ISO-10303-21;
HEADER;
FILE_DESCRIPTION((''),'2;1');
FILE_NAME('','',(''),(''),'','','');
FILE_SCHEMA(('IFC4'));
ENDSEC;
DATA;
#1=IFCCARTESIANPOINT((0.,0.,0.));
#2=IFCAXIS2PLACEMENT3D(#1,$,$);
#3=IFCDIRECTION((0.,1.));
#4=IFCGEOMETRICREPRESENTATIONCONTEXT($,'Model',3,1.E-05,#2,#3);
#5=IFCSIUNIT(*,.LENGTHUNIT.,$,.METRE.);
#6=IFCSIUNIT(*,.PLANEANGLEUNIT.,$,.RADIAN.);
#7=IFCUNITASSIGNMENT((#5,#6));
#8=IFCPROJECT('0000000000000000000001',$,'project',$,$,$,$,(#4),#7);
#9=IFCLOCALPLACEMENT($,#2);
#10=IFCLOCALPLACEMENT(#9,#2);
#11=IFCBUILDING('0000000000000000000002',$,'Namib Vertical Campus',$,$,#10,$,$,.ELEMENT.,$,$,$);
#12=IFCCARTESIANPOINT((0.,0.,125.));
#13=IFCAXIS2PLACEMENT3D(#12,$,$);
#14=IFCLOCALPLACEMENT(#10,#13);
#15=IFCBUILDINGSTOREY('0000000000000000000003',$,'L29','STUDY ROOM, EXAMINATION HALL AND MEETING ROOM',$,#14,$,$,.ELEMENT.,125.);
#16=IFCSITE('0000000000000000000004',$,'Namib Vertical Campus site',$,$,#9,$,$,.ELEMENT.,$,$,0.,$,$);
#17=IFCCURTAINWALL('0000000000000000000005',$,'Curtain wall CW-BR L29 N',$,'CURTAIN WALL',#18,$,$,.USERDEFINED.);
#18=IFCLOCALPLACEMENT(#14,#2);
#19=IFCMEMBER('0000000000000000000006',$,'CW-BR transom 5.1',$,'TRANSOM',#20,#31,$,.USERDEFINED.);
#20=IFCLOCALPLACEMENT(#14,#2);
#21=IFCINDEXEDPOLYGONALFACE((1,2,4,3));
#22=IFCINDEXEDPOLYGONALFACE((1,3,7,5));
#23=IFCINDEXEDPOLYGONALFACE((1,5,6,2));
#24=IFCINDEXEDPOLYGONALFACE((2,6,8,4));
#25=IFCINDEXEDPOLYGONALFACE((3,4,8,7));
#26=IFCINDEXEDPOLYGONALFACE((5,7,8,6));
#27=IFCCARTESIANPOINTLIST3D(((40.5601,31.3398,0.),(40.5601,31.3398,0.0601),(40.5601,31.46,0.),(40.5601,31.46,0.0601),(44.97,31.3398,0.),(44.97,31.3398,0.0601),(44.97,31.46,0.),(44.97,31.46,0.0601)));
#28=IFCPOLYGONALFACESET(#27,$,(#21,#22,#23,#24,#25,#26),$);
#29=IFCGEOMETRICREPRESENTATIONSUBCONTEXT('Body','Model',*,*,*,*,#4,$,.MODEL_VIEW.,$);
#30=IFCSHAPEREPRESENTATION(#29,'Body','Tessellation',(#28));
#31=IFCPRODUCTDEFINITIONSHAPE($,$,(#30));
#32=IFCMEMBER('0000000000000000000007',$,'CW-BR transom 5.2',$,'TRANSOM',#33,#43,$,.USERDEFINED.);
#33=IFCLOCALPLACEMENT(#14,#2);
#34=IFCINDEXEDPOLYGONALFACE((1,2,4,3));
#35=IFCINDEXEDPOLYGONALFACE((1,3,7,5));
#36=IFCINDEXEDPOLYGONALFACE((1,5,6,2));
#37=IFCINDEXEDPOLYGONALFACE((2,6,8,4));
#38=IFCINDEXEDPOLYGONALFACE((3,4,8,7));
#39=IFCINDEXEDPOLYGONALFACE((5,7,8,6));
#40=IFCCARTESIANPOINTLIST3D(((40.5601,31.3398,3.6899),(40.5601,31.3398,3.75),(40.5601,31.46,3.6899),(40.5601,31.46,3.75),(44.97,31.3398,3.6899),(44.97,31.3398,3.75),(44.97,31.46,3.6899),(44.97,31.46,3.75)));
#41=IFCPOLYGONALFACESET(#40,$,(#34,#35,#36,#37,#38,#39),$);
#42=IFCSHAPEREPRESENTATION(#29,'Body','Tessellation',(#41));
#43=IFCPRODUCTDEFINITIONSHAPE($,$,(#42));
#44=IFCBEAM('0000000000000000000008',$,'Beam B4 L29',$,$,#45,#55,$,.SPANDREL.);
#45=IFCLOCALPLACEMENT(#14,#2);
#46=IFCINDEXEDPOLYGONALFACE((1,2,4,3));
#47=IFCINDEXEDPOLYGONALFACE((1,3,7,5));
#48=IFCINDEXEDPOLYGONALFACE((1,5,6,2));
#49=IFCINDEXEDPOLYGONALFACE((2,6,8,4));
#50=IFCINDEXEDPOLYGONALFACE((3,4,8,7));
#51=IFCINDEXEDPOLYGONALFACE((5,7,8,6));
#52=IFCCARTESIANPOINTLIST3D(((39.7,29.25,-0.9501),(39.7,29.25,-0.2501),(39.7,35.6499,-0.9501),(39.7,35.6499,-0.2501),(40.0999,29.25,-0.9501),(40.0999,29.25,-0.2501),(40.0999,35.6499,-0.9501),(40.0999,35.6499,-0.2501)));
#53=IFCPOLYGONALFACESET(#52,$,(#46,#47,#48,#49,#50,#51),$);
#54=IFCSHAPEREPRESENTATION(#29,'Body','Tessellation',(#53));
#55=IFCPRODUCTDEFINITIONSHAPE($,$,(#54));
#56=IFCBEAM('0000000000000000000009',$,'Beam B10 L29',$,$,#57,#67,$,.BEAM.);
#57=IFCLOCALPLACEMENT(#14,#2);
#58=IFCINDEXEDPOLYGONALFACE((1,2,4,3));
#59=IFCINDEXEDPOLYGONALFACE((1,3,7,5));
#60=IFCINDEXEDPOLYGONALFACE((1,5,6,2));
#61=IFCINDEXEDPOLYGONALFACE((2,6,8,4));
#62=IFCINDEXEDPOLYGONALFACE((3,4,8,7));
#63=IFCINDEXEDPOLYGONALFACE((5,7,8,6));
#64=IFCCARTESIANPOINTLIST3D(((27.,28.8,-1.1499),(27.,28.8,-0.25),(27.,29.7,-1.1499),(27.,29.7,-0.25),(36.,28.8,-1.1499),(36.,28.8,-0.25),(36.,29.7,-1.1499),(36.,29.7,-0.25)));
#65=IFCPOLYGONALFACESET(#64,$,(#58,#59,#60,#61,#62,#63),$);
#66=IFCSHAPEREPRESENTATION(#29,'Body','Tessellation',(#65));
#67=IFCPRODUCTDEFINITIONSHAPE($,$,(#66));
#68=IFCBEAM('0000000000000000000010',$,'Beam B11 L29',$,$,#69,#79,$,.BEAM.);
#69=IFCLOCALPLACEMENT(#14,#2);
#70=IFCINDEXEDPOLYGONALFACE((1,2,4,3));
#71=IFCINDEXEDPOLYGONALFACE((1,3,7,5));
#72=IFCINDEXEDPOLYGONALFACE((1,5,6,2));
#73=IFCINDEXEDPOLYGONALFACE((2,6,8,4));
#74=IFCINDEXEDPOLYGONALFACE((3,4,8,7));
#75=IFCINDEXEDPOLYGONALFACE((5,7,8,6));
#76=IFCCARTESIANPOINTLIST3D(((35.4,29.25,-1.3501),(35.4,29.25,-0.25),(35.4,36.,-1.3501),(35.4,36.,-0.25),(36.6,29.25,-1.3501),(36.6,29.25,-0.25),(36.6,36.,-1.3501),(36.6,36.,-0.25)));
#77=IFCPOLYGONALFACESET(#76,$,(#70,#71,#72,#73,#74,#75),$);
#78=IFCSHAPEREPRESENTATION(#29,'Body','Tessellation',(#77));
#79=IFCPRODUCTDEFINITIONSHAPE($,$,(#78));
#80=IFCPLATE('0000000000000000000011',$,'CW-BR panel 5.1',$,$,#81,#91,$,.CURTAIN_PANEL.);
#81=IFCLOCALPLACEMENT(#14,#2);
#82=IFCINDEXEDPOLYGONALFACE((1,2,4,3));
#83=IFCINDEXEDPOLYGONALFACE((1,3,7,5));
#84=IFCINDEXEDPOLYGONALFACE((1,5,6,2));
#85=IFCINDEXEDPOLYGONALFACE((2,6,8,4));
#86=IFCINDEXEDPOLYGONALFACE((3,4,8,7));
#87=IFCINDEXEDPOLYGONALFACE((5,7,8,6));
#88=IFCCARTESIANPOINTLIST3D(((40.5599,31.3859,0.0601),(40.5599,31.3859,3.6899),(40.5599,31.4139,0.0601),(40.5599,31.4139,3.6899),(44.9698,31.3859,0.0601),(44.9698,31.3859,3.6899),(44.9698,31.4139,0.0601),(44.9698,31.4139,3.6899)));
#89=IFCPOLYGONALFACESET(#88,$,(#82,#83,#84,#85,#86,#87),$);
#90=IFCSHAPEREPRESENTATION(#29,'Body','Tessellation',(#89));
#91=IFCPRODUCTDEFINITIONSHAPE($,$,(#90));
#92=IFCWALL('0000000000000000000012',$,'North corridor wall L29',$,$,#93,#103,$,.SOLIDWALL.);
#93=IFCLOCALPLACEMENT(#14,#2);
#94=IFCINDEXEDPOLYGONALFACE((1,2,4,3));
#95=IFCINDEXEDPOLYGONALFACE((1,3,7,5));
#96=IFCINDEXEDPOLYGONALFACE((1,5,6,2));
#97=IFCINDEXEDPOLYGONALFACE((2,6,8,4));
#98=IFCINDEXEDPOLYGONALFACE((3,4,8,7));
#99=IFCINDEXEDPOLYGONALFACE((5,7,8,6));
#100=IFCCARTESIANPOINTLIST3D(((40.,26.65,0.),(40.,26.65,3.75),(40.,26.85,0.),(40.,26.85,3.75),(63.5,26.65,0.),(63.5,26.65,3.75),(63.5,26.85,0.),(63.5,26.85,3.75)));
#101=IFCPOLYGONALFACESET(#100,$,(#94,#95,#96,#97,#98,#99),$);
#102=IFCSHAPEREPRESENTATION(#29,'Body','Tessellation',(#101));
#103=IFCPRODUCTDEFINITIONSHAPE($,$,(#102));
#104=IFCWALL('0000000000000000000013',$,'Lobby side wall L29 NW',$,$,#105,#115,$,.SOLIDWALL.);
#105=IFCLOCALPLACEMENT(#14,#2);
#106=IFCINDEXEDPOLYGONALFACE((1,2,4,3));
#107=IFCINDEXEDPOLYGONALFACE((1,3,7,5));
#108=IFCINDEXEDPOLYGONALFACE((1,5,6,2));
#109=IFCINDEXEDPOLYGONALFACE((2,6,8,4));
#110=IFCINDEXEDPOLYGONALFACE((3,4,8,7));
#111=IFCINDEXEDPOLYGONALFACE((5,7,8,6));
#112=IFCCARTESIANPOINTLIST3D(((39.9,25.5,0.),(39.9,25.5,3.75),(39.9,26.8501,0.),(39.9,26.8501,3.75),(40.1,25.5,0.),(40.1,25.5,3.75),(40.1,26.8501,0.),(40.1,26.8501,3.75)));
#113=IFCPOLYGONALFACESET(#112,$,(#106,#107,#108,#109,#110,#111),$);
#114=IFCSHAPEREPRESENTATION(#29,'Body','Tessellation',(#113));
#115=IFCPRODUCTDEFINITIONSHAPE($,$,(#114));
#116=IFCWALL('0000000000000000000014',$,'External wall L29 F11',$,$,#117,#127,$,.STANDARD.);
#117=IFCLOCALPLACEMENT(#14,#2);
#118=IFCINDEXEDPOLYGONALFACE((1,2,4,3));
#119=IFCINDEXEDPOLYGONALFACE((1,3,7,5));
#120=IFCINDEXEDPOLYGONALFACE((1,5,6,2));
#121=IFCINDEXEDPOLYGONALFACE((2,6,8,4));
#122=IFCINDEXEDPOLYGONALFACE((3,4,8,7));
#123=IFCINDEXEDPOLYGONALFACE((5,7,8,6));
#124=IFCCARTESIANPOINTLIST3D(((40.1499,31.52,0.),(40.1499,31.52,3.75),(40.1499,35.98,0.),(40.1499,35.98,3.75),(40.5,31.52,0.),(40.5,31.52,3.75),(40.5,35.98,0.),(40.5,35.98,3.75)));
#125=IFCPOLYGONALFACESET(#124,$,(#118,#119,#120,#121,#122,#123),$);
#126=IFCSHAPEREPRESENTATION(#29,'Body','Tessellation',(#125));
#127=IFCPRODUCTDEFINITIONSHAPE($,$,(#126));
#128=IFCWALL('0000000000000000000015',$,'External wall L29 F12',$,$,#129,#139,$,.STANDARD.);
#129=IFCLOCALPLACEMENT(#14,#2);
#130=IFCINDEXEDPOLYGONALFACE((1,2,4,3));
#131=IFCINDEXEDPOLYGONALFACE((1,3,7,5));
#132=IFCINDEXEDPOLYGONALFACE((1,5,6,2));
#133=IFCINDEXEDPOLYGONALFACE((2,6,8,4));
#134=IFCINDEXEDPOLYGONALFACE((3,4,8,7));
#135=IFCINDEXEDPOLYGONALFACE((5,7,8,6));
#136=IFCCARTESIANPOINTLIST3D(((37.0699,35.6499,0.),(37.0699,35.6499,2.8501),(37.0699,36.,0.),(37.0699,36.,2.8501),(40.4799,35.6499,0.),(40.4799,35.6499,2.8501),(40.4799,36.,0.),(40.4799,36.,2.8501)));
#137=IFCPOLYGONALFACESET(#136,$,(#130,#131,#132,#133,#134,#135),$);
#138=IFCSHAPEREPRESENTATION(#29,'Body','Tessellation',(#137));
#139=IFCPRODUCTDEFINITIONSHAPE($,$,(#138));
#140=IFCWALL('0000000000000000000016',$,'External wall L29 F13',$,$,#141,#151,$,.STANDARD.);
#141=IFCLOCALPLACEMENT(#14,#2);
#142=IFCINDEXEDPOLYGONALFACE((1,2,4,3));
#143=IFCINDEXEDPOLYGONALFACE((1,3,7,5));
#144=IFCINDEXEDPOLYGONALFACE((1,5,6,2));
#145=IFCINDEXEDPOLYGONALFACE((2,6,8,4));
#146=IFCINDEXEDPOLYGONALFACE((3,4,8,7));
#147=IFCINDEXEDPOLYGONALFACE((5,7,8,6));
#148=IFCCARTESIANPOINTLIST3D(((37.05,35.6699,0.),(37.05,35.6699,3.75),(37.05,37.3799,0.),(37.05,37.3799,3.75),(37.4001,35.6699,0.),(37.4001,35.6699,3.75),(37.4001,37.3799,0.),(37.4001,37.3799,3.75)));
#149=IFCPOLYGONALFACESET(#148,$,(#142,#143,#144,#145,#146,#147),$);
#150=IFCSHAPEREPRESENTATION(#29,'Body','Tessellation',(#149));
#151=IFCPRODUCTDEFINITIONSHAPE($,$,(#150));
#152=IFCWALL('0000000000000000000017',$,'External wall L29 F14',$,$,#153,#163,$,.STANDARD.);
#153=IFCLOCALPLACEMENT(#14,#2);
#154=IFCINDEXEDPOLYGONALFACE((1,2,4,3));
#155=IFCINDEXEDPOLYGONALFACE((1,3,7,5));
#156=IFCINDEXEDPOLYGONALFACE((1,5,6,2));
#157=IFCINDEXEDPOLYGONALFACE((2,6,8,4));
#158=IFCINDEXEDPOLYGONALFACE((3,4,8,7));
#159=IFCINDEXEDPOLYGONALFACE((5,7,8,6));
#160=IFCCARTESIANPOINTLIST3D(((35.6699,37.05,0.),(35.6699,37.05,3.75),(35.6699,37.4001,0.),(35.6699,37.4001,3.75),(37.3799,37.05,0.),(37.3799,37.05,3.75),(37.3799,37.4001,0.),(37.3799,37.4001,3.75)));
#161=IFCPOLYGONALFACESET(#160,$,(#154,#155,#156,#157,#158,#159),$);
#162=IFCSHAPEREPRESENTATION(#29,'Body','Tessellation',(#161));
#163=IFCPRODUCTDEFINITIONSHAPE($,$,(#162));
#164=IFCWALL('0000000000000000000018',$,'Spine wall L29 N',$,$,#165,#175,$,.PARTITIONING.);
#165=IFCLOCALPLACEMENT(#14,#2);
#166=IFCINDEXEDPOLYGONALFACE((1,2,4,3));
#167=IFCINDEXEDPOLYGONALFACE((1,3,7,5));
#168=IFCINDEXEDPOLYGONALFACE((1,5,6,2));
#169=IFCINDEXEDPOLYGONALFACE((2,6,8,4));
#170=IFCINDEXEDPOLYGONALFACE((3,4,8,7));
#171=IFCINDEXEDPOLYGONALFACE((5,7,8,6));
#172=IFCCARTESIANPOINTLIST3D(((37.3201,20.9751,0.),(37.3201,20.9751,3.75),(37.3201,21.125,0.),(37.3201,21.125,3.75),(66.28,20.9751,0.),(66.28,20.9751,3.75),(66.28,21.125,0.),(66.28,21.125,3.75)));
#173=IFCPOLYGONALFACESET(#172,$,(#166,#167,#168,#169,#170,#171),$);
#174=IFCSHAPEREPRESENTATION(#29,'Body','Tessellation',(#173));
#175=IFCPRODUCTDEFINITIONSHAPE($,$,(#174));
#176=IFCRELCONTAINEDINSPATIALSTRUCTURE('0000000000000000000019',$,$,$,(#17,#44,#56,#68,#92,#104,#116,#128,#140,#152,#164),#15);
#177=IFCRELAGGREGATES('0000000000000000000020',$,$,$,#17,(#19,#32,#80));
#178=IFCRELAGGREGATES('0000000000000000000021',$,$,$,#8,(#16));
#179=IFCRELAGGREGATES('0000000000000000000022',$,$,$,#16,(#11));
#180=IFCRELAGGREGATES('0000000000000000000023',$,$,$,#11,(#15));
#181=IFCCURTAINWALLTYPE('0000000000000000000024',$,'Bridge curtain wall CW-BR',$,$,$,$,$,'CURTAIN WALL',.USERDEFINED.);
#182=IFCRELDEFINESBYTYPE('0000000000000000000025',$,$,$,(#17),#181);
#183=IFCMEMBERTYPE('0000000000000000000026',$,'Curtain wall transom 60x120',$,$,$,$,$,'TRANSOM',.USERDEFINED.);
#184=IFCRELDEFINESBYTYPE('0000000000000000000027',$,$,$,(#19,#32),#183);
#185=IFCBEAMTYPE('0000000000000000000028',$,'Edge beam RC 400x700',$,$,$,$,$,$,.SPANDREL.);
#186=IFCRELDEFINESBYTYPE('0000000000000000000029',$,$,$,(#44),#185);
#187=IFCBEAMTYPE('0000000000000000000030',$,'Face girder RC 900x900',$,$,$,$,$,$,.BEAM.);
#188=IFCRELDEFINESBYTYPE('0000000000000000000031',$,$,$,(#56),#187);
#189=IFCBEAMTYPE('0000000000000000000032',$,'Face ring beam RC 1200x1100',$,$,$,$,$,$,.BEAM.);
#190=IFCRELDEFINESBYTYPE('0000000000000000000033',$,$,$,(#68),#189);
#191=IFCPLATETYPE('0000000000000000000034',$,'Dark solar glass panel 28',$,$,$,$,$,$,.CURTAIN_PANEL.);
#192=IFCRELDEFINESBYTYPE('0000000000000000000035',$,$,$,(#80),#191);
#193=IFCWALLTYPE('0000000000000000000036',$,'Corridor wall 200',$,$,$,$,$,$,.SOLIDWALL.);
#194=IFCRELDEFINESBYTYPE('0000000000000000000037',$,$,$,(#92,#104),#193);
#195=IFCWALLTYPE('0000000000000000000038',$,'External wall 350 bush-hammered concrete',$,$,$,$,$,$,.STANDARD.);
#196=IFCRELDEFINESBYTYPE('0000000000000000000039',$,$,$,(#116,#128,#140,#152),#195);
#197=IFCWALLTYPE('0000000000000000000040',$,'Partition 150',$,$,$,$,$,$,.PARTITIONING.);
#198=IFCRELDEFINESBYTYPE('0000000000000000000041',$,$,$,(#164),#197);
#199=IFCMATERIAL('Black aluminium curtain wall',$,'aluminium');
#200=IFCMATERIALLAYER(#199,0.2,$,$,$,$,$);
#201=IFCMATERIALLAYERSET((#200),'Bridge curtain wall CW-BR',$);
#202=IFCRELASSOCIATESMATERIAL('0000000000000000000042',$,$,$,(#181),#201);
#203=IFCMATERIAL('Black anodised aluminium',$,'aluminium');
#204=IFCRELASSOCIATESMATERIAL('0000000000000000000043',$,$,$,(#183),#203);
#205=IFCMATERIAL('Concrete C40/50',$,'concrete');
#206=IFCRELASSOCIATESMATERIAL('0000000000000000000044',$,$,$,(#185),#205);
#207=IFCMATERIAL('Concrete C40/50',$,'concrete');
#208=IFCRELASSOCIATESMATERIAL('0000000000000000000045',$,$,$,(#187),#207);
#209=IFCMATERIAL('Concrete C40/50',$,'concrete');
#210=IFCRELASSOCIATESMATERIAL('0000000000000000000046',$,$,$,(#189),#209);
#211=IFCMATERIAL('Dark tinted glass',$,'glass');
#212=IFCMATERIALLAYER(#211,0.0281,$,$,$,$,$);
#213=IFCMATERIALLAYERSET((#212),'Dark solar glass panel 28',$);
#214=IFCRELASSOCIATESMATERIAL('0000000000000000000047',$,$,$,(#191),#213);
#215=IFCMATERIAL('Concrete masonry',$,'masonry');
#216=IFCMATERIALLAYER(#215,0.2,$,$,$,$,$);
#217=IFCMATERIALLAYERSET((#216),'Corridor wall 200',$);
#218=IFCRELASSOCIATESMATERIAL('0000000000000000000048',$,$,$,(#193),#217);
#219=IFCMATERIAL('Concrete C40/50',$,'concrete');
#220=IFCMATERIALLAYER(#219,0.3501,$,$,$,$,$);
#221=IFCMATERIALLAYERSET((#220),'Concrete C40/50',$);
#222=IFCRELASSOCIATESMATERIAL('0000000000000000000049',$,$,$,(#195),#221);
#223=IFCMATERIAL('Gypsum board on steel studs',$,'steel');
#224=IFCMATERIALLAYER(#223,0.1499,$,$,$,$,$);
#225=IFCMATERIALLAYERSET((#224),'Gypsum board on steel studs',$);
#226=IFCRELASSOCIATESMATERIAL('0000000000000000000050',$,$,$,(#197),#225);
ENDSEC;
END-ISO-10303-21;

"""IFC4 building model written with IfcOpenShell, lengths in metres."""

from ifc_helpers import new_model, si_unit, direction, frame, frame_2d, origin, origin_2d, place, context, subcontext, project, spatial, rectangle, extrude, material, layer, layer_set, material_profile, profile_set, type_object, element, aggregate, save


model = new_model("IFC4")

# Units and contexts
model_context = context("Model", 3, precision=1e-05, world=origin(), true_north=direction((0.0, 1.0)))
body_context = subcontext(model_context, "Body", "Model", "MODEL_VIEW")
ifc_project = project(units=[si_unit("LENGTHUNIT", "METRE"), si_unit("PLANEANGLEUNIT", "RADIAN")], contexts=[model_context])

# Site, building, storey
site_placement = place(None, origin())
site = spatial("IfcSite", under=ifc_project, at=site_placement, Name="Namib Vertical Campus site", CompositionType="ELEMENT", RefElevation=0.0)
building_placement = place(site_placement, origin())
building = spatial("IfcBuilding", under=site, at=building_placement, Name="Namib Vertical Campus", CompositionType="ELEMENT")
storey_placement = place(building_placement, frame((0.0, 0.0, 125.0)))
storey = spatial("IfcBuildingStorey", under=building, at=storey_placement, Name="L29", Description="STUDY ROOM, EXAMINATION HALL AND MEETING ROOM", CompositionType="ELEMENT", Elevation=125.0)

# Curtain wall, members
ifc_material_1 = material(Name="Black aluminium curtain wall", Category="aluminium")
ifc_layer_1 = layer(ifc_material_1, 0.2)
ifc_layer_set_1 = layer_set([ifc_layer_1], Name="Bridge curtain wall CW-BR")
curtain_wall_type = type_object("IfcCurtainWallType", Name="Bridge curtain wall CW-BR", ElementType="CURTAIN WALL", PredefinedType="USERDEFINED", material=ifc_layer_set_1)
curtain_wall_placement = place(storey_placement, origin())
curtain_wall = element("IfcCurtainWall", 1, at=curtain_wall_placement, inside=storey, type_object=curtain_wall_type, Name="Curtain wall CW-BR L29 N", ObjectType="CURTAIN WALL", PredefinedType="USERDEFINED")
ifc_material_2 = material(Name="Black anodised aluminium", Category="aluminium")
ifc_material_profile_1 = material_profile(ifc_material_2, rectangle(XDim=0.0601, YDim=0.1201, at=origin_2d()))
ifc_profile_set_1 = profile_set([ifc_material_profile_1], Name="Black anodised aluminium")
member_type_1 = type_object("IfcMemberType", Name="Curtain wall transom 60x120", ElementType="TRANSOM", PredefinedType="USERDEFINED", material=ifc_profile_set_1)
member_1_placement = place(storey_placement, frame((44.97, 31.3999, 0.03), z_axis=(-1.0, 0.0, 0.0), x_axis=(0.0, 0.0, 1.0)))
member_1 = element("IfcMember", 2, at=member_1_placement, type_object=member_type_1, Name="CW-BR transom 5.1", ObjectType="TRANSOM", PredefinedType="USERDEFINED", context=body_context, shape_type="SweptSolid", body=[
    extrude(rectangle(XDim=0.0601, YDim=0.1201, at=origin_2d()), origin(), (0.0, 0.0, 1.0), 4.4099),
])
member_2_placement = place(storey_placement, frame((44.97, 31.3999, 3.72), z_axis=(-1.0, 0.0, 0.0), x_axis=(0.0, 0.0, 1.0)))
member_2 = element("IfcMember", 3, at=member_2_placement, type_object=member_type_1, Name="CW-BR transom 5.2", ObjectType="TRANSOM", PredefinedType="USERDEFINED", context=body_context, shape_type="SweptSolid", body=[
    extrude(rectangle(XDim=0.0601, YDim=0.1201, at=origin_2d()), origin(), (0.0, 0.0, 1.0), 4.4099),
])

# Beams
ifc_material_3 = material(Name="Concrete C40/50", Category="concrete")
ifc_material_profile_2 = material_profile(ifc_material_3, rectangle(XDim=0.3999, YDim=0.7, at=origin_2d()))
ifc_profile_set_2 = profile_set([ifc_material_profile_2], Name="Concrete C40/50")
beam_type_1 = type_object("IfcBeamType", Name="Edge beam RC 400x700", PredefinedType="SPANDREL", material=ifc_profile_set_2)
beam_1_placement = place(storey_placement, frame((39.8999, 29.25, -0.6001), z_axis=(0.0, 1.0, 0.0), x_axis=(-1.0, 0.0, 0.0)))
element("IfcBeam", 4, at=beam_1_placement, inside=storey, type_object=beam_type_1, Name="Beam B4 L29", PredefinedType="SPANDREL", context=body_context, shape_type="SweptSolid", body=[
    extrude(rectangle(XDim=0.3999, YDim=0.7, at=origin_2d()), origin(), (0.0, 0.0, 1.0), 6.3999),
])
ifc_material_4 = material(Name="Concrete C40/50", Category="concrete")
ifc_material_profile_3 = material_profile(ifc_material_4, rectangle(XDim=0.8999, YDim=0.8999, at=origin_2d()))
ifc_profile_set_3 = profile_set([ifc_material_profile_3], Name="Concrete C40/50")
beam_type_2 = type_object("IfcBeamType", Name="Face girder RC 900x900", PredefinedType="BEAM", material=ifc_profile_set_3)
beam_2_placement = place(storey_placement, frame((36.0, 29.25, -0.7), z_axis=(-1.0, 0.0, 0.0), x_axis=(0.0, -1.0, 0.0)))
element("IfcBeam", 5, at=beam_2_placement, inside=storey, type_object=beam_type_2, Name="Beam B10 L29", PredefinedType="BEAM", context=body_context, shape_type="SweptSolid", body=[
    extrude(rectangle(XDim=0.8999, YDim=0.8999, at=origin_2d()), origin(), (0.0, 0.0, 1.0), 9.0),
])
ifc_material_5 = material(Name="Concrete C40/50", Category="concrete")
ifc_material_profile_4 = material_profile(ifc_material_5, rectangle(XDim=1.2, YDim=1.1001, at=origin_2d()))
ifc_profile_set_4 = profile_set([ifc_material_profile_4], Name="Concrete C40/50")
beam_type_3 = type_object("IfcBeamType", Name="Face ring beam RC 1200x1100", PredefinedType="BEAM", material=ifc_profile_set_4)
beam_3_placement = place(storey_placement, frame((36.0, 29.25, -0.8), z_axis=(0.0, 1.0, 0.0), x_axis=(-1.0, 0.0, 0.0)))
element("IfcBeam", 6, at=beam_3_placement, inside=storey, type_object=beam_type_3, Name="Beam B11 L29", PredefinedType="BEAM", context=body_context, shape_type="SweptSolid", body=[
    extrude(rectangle(XDim=1.2, YDim=1.1001, at=origin_2d()), origin(), (0.0, 0.0, 1.0), 6.75),
])

# Plate
ifc_material_6 = material(Name="Dark tinted glass", Category="glass")
ifc_layer_2 = layer(ifc_material_6, 0.0281)
ifc_layer_set_2 = layer_set([ifc_layer_2], Name="Dark solar glass panel 28")
plate_type = type_object("IfcPlateType", Name="Dark solar glass panel 28", PredefinedType="CURTAIN_PANEL", material=ifc_layer_set_2)
plate_placement = place(storey_placement, frame((42.7649, 31.3999, 0.0601), z_axis=(0.0, 0.0, 1.0), x_axis=(-1.0, 0.0, 0.0)))
plate = element("IfcPlate", 7, at=plate_placement, type_object=plate_type, Name="CW-BR panel 5.1", PredefinedType="CURTAIN_PANEL", context=body_context, shape_type="SweptSolid", body=[
    extrude(rectangle(XDim=4.4099, YDim=0.0281, at=origin_2d()), origin(), (0.0, 0.0, 1.0), 3.6299),
])
aggregate(curtain_wall, [member_1, member_2, plate])

# Walls
ifc_material_7 = material(Name="Concrete masonry", Category="masonry")
ifc_layer_3 = layer(ifc_material_7, 0.2)
ifc_layer_set_3 = layer_set([ifc_layer_3], Name="Corridor wall 200")
wall_type_1 = type_object("IfcWallType", Name="Corridor wall 200", PredefinedType="SOLIDWALL", material=ifc_layer_set_3)
wall_1_placement = place(storey_placement, frame((40.0, 26.75, 0.0), z_axis=(0.0, 0.0, 1.0), x_axis=(1.0, 0.0, 0.0)))
element("IfcWall", 8, at=wall_1_placement, inside=storey, type_object=wall_type_1, Name="North corridor wall L29", PredefinedType="SOLIDWALL", context=body_context, shape_type="SweptSolid", body=[
    extrude(rectangle(XDim=23.5, YDim=0.2, at=frame_2d((11.75, 0.0))), origin(), (0.0, 0.0, 1.0), 3.75),
])
wall_2_placement = place(storey_placement, frame((40.0, 26.8501, 0.0), z_axis=(0.0, 0.0, 1.0), x_axis=(0.0, -1.0, 0.0)))
element("IfcWall", 9, at=wall_2_placement, inside=storey, type_object=wall_type_1, Name="Lobby side wall L29 NW", PredefinedType="SOLIDWALL", context=body_context, shape_type="SweptSolid", body=[
    extrude(rectangle(XDim=1.3501, YDim=0.2, at=frame_2d((0.675, 0.0))), origin(), (0.0, 0.0, 1.0), 3.75),
])
ifc_material_8 = material(Name="Concrete C40/50", Category="concrete")
ifc_layer_4 = layer(ifc_material_8, 0.3501)
ifc_layer_set_4 = layer_set([ifc_layer_4], Name="Concrete C40/50")
wall_type_2 = type_object("IfcWallType", Name="External wall 350 bush-hammered concrete", PredefinedType="STANDARD", material=ifc_layer_set_4)
wall_3_placement = place(storey_placement, frame((40.325, 31.52, 0.0), z_axis=(0.0, 0.0, 1.0), x_axis=(0.0, 1.0, 0.0)))
element("IfcWall", 10, at=wall_3_placement, inside=storey, type_object=wall_type_2, Name="External wall L29 F11", PredefinedType="STANDARD", context=body_context, shape_type="SweptSolid", body=[
    extrude(rectangle(XDim=4.46, YDim=0.3501, at=frame_2d((2.23, 0.0))), origin(), (0.0, 0.0, 1.0), 3.75),
])
wall_4_placement = place(storey_placement, frame((40.48, 35.825, 0.0), z_axis=(0.0, 0.0, 1.0), x_axis=(-1.0, 0.0, 0.0)))
element("IfcWall", 11, at=wall_4_placement, inside=storey, type_object=wall_type_2, Name="External wall L29 F12", PredefinedType="STANDARD", context=body_context, shape_type="SweptSolid", body=[
    extrude(rectangle(XDim=3.4099, YDim=0.3501, at=frame_2d((1.7051, 0.0))), origin(), (0.0, 0.0, 1.0), 2.8501),
])
for number, where, z_axis, x_axis, name in (
    (12, (37.2251, 35.6699, 0.0), (0.0, 0.0, 1.0), (0.0, 1.0, 0.0), "External wall L29 F13"),
    (13, (37.3799, 37.2251, 0.0), (0.0, 0.0, 1.0), (-1.0, 0.0, 0.0), "External wall L29 F14"),
):
    element("IfcWall", number, at=place(storey_placement, frame(where, z_axis=z_axis, x_axis=x_axis)), inside=storey, type_object=wall_type_2, Name=name, PredefinedType="STANDARD", context=body_context, shape_type="SweptSolid", body=[
        extrude(rectangle(XDim=1.71, YDim=0.3501, at=frame_2d((0.855, 0.0))), origin(), (0.0, 0.0, 1.0), 3.75),
    ])
ifc_material_9 = material(Name="Gypsum board on steel studs", Category="steel")
ifc_layer_5 = layer(ifc_material_9, 0.1499)
ifc_layer_set_5 = layer_set([ifc_layer_5], Name="Gypsum board on steel studs")
wall_type_3 = type_object("IfcWallType", Name="Partition 150", PredefinedType="PARTITIONING", material=ifc_layer_set_5)
wall_5_placement = place(storey_placement, frame((37.3201, 21.05, 0.0), z_axis=(0.0, 0.0, 1.0), x_axis=(1.0, 0.0, 0.0)))
element("IfcWall", 14, at=wall_5_placement, inside=storey, type_object=wall_type_3, Name="Spine wall L29 N", PredefinedType="PARTITIONING", context=body_context, shape_type="SweptSolid", body=[
    extrude(rectangle(XDim=28.96, YDim=0.1499, at=frame_2d((14.48, 0.0))), origin(), (0.0, 0.0, 1.0), 3.75),
])

save(model, "model.ifc")
